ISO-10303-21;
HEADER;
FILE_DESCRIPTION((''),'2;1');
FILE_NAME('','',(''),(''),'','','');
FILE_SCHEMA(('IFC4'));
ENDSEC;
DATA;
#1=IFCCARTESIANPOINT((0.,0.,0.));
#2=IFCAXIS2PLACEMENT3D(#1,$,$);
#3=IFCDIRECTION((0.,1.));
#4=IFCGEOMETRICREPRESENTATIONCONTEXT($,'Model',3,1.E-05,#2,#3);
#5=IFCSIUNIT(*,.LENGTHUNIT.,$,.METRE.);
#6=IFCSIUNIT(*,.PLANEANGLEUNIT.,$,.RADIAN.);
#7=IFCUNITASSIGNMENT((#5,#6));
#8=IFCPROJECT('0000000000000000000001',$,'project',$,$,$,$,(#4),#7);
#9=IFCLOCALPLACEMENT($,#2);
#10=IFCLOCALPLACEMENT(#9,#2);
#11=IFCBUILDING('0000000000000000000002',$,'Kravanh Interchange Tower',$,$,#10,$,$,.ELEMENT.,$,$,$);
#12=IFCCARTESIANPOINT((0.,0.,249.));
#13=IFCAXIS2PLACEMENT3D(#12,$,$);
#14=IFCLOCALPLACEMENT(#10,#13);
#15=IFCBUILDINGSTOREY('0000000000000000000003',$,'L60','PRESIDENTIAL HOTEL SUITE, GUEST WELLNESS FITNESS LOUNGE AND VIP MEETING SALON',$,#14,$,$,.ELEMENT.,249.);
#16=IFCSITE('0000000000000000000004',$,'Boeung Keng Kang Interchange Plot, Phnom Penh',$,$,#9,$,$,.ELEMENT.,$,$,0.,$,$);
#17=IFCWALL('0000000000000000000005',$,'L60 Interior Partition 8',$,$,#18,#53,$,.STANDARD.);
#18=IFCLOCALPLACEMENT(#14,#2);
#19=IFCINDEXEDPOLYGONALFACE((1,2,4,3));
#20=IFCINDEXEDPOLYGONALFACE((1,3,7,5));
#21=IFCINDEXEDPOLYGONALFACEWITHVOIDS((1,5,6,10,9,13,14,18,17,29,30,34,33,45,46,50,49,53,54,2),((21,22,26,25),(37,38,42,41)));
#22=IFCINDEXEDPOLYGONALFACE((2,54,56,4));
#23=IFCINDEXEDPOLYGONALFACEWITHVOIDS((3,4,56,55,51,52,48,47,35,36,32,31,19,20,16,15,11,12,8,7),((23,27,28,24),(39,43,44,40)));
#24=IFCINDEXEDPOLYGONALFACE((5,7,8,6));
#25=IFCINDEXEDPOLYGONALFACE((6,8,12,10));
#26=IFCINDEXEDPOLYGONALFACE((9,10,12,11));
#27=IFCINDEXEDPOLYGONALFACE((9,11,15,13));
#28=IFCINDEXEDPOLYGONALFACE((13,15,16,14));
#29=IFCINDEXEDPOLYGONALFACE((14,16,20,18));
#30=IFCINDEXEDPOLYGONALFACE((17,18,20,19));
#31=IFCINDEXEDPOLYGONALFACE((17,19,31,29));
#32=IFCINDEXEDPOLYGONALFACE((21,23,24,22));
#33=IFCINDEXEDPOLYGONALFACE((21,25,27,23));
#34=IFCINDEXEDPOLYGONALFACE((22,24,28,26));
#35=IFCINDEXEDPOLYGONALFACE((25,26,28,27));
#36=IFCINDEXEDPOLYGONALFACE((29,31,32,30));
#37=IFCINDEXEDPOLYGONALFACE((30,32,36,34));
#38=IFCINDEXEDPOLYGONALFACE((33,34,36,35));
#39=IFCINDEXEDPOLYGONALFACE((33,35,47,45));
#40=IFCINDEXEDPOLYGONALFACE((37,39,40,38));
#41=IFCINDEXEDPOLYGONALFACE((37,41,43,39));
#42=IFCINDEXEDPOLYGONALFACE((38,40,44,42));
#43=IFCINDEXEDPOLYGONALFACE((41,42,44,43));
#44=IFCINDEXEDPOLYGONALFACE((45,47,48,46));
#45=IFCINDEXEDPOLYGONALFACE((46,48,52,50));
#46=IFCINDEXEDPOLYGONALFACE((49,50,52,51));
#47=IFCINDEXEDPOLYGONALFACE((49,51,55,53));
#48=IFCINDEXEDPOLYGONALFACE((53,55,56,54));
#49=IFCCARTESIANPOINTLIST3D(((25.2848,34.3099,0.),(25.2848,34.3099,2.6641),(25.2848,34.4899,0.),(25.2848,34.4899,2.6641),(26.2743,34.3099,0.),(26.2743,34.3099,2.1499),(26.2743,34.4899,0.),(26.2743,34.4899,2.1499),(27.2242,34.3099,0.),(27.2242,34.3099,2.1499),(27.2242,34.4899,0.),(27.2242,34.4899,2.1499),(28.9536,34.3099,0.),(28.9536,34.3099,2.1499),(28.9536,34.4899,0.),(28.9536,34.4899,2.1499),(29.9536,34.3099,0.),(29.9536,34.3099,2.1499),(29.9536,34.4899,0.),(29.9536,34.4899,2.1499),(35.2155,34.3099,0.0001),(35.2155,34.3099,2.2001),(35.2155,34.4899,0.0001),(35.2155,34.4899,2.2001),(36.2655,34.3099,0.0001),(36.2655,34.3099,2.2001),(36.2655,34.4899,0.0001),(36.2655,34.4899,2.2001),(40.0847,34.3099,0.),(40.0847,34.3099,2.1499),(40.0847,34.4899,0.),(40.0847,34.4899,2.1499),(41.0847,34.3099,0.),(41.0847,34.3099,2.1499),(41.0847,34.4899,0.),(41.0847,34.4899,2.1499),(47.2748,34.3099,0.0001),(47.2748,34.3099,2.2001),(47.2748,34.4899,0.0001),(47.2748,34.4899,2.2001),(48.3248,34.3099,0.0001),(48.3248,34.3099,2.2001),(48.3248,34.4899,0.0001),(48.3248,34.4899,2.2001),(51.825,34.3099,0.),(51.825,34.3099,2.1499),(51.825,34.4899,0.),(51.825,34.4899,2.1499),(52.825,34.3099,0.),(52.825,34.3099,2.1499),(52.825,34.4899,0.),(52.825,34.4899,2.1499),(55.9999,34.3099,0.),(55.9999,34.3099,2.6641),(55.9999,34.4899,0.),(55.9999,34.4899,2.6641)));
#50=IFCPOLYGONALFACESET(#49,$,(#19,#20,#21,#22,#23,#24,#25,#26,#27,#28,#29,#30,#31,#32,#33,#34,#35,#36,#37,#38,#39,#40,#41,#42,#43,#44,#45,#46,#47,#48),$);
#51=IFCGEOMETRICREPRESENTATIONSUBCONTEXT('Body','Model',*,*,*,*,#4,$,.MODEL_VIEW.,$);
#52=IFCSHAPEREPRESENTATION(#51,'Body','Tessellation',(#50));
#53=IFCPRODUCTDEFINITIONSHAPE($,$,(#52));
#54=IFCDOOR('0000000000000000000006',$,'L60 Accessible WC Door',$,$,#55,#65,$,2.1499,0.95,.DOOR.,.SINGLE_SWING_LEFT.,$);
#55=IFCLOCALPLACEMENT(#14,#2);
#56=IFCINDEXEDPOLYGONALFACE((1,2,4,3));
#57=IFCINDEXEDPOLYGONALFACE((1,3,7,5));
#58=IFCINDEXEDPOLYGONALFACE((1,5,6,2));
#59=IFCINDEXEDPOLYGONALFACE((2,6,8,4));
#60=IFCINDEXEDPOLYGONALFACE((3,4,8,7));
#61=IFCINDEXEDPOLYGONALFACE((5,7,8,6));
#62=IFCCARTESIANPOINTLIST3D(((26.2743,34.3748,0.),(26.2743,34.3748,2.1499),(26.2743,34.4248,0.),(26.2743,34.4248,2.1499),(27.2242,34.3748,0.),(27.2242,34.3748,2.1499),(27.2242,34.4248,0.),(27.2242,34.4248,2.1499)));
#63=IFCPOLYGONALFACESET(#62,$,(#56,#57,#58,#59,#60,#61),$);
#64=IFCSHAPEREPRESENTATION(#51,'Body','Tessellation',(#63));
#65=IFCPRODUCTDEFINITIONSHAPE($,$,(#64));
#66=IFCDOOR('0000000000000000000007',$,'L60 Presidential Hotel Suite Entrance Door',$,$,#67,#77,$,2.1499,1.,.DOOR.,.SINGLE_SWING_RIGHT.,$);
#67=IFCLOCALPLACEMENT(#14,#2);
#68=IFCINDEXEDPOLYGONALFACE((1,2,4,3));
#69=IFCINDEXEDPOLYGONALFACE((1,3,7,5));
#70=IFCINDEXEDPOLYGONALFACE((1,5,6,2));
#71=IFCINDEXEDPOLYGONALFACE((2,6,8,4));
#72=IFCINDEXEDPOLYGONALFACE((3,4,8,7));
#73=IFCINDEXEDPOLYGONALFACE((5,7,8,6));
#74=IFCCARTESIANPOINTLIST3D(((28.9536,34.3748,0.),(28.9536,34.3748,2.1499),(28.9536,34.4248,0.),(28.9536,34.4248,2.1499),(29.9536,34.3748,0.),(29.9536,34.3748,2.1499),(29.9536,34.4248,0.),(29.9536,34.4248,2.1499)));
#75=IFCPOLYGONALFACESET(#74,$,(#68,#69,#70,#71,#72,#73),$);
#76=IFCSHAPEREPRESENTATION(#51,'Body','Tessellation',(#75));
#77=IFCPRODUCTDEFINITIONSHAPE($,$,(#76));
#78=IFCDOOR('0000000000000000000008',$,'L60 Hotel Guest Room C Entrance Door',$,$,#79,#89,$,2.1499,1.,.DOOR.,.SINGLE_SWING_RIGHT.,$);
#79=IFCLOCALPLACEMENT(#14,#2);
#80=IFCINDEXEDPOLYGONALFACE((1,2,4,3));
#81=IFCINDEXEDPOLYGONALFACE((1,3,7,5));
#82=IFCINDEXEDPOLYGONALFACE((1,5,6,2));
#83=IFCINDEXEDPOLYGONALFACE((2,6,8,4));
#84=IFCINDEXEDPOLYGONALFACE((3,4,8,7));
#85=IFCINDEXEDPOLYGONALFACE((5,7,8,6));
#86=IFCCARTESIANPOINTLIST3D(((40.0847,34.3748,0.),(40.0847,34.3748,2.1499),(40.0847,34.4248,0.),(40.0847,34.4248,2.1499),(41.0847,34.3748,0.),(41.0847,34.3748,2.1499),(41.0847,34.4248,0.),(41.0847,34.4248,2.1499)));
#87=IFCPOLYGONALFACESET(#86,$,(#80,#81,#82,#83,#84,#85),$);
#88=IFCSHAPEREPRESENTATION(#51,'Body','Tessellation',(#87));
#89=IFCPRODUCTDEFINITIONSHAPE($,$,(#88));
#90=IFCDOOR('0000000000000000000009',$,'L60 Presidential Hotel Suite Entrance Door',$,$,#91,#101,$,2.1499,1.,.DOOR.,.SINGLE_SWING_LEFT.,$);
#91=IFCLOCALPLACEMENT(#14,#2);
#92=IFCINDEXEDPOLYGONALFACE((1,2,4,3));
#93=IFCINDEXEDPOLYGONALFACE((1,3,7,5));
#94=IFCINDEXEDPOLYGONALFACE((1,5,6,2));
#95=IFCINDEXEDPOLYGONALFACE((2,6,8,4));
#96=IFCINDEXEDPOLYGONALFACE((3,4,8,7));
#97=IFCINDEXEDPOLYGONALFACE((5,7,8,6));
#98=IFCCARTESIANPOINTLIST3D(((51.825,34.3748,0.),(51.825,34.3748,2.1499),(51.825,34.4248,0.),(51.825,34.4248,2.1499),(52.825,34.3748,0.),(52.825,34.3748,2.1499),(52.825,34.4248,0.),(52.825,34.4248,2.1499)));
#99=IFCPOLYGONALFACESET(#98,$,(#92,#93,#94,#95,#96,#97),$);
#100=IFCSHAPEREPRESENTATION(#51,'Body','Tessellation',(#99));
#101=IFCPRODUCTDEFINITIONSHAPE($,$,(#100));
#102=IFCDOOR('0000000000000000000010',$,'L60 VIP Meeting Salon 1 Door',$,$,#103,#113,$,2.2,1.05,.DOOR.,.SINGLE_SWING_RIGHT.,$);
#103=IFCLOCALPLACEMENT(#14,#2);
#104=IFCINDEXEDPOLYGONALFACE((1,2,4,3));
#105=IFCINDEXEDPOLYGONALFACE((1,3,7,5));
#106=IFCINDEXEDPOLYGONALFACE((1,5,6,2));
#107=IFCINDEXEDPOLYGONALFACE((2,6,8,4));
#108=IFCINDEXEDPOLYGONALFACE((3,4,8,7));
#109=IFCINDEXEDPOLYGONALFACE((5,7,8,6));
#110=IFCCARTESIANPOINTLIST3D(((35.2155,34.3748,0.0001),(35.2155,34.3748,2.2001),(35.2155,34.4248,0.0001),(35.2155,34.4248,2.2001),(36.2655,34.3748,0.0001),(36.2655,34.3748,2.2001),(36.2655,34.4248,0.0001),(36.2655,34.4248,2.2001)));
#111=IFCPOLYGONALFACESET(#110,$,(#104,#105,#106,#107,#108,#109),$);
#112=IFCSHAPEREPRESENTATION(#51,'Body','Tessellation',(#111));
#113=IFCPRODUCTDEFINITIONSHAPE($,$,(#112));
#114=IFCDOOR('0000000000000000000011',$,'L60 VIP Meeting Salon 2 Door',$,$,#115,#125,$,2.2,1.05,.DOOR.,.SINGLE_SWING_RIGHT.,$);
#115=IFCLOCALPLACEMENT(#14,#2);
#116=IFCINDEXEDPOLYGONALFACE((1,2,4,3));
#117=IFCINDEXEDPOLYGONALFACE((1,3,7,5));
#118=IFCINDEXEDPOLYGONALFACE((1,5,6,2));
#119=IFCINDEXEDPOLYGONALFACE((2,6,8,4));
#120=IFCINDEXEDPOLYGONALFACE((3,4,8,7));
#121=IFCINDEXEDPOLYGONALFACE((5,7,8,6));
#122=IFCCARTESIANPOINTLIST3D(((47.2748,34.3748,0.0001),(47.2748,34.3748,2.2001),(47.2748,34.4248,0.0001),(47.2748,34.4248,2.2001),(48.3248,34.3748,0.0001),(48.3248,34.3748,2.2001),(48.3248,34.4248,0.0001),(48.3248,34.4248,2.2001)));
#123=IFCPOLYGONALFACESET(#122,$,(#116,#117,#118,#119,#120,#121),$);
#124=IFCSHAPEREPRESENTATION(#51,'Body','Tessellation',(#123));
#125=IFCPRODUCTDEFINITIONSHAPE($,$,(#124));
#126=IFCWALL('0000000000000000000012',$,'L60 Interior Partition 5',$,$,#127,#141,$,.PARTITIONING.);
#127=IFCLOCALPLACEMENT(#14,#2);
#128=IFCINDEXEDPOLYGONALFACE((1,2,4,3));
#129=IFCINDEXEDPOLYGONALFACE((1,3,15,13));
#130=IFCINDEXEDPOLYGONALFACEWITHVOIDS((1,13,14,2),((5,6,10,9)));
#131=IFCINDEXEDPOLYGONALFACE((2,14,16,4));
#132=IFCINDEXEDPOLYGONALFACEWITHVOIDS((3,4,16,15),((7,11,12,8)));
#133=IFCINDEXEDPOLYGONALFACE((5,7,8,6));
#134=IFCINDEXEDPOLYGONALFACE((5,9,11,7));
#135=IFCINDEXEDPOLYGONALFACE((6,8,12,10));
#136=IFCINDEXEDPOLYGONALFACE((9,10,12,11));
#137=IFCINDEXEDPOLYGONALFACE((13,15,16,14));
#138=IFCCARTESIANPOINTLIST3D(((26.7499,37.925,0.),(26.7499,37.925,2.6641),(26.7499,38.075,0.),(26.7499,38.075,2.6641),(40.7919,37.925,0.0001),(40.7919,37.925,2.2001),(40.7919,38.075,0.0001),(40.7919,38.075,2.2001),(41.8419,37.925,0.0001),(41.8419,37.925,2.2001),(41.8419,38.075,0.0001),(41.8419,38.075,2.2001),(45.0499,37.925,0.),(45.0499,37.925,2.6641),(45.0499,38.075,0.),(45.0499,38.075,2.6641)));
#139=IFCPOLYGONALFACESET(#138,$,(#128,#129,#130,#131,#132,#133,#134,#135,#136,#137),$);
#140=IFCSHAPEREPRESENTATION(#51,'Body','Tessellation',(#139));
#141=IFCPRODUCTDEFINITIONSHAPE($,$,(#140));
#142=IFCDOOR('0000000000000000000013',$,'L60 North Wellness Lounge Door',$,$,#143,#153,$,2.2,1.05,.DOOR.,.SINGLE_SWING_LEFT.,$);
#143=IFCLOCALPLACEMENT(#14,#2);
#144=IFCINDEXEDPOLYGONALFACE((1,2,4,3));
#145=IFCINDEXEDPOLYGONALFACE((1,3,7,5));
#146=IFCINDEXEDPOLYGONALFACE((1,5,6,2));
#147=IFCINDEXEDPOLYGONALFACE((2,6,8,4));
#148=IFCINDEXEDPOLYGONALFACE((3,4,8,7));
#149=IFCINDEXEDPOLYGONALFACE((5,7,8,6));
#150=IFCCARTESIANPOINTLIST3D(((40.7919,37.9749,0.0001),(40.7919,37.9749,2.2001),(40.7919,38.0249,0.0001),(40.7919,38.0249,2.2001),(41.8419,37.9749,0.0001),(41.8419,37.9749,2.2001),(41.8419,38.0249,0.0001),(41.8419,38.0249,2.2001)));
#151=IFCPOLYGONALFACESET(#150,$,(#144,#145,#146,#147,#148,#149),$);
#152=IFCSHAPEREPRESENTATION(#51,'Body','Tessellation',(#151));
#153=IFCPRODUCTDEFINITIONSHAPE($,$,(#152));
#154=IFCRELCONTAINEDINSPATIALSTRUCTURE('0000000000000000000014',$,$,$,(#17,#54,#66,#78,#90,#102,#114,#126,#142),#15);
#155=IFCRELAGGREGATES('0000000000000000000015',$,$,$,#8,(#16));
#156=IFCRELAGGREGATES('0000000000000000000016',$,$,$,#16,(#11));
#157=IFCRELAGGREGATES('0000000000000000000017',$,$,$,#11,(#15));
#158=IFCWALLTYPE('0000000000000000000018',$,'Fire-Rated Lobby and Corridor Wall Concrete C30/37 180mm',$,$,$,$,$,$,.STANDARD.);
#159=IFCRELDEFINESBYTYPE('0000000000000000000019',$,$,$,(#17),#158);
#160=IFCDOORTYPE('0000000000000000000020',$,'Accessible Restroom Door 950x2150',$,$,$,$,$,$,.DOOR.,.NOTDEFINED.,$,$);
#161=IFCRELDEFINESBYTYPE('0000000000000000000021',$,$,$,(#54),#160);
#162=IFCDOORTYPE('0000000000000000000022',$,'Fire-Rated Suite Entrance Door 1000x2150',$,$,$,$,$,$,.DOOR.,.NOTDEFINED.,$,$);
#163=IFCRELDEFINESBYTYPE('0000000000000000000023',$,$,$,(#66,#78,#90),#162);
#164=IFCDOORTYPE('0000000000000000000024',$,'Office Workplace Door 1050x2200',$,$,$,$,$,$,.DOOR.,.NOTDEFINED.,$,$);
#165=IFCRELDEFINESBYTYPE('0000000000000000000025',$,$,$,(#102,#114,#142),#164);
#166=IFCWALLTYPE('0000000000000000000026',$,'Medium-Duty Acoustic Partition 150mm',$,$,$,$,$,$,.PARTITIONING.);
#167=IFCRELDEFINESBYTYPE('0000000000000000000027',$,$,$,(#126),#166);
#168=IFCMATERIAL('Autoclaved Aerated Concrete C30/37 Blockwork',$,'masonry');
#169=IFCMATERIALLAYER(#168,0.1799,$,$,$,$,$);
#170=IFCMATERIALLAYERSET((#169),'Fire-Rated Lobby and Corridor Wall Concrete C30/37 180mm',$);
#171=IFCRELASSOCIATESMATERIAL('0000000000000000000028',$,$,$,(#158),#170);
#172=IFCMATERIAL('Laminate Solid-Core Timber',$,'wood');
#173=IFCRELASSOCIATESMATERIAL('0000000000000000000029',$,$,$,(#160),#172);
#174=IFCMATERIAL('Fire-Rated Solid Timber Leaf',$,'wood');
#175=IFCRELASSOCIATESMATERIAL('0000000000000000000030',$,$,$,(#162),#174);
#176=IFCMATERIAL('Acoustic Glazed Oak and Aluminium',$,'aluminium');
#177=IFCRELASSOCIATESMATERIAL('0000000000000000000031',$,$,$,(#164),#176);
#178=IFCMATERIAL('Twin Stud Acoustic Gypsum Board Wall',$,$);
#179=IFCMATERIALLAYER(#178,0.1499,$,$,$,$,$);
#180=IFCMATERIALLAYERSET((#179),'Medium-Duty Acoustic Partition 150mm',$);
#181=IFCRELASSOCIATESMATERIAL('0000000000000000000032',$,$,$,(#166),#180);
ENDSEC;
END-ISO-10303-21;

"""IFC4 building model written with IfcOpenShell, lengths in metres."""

from ifc_helpers import new_model, si_unit, direction, frame, frame_2d, origin, place, context, subcontext, project, spatial, rectangle, extrude, material, layer, layer_set, type_object, element, fill, save


model = new_model("IFC4")

# Units and contexts
model_context = context("Model", 3, precision=1e-05, world=origin(), true_north=direction((0.0, 1.0)))
body_context = subcontext(model_context, "Body", "Model", "MODEL_VIEW")
ifc_project = project(units=[si_unit("LENGTHUNIT", "METRE"), si_unit("PLANEANGLEUNIT", "RADIAN")], contexts=[model_context])

# Site, building, storey
site_placement = place(None, origin())
site = spatial("IfcSite", under=ifc_project, at=site_placement, Name="Boeung Keng Kang Interchange Plot, Phnom Penh", CompositionType="ELEMENT", RefElevation=0.0)
building_placement = place(site_placement, origin())
building = spatial("IfcBuilding", under=site, at=building_placement, Name="Kravanh Interchange Tower", CompositionType="ELEMENT")
storey_placement = place(building_placement, frame((0.0, 0.0, 249.0)))
storey = spatial("IfcBuildingStorey", under=building, at=storey_placement, Name="L60", Description="PRESIDENTIAL HOTEL SUITE, GUEST WELLNESS FITNESS LOUNGE AND VIP MEETING SALON", CompositionType="ELEMENT", Elevation=249.0)

# Wall, openings, doors
ifc_material_1 = material(Name="Autoclaved Aerated Concrete C30/37 Blockwork", Category="masonry")
ifc_layer_1 = layer(ifc_material_1, 0.1799)
ifc_layer_set_1 = layer_set([ifc_layer_1], Name="Fire-Rated Lobby and Corridor Wall Concrete C30/37 180mm")
wall_type_1 = type_object("IfcWallType", Name="Fire-Rated Lobby and Corridor Wall Concrete C30/37 180mm", PredefinedType="STANDARD", material=ifc_layer_set_1)
wall_1_placement = place(storey_placement, frame((25.2849, 34.3999, 0.0), z_axis=(0.0, 0.0, 1.0), x_axis=(1.0, 0.0, 0.0)))
wall_1 = element("IfcWall", 1, at=wall_1_placement, inside=storey, type_object=wall_type_1, Name="L60 Interior Partition 8", PredefinedType="STANDARD", context=body_context, shape_type="SweptSolid", body=[
    extrude(rectangle(XDim=30.7151, YDim=0.1799, at=frame_2d((15.3574, 0.0))), origin(), (0.0, 0.0, 1.0), 2.6641),
])
opening_1_placement = place(wall_1_placement, frame((0.9893, 0.0, 0.0)))
opening_1 = element("IfcOpeningElement", 2, at=opening_1_placement, cuts=wall_1, PredefinedType="OPENING", context=body_context, shape_type="SweptSolid", body=[
    extrude(rectangle(XDim=0.95, YDim=2.1499, at=frame_2d((0.4751, 1.075))), frame((0.0, 0.1001, 0.0), z_axis=(0.0, -1.0, 0.0), x_axis=(1.0, 0.0, 0.0)), (0.0, 0.0, 1.0), 0.2),
])
opening_2_placement = place(wall_1_placement, frame((3.6687, 0.0, 0.0)))
opening_2 = element("IfcOpeningElement", 3, at=opening_2_placement, cuts=wall_1, PredefinedType="OPENING", context=body_context, shape_type="SweptSolid", body=[
    extrude(rectangle(XDim=1.0, YDim=2.1499, at=frame_2d((0.5, 1.075))), frame((0.0, 0.1001, 0.0), z_axis=(0.0, -1.0, 0.0), x_axis=(1.0, 0.0, 0.0)), (0.0, 0.0, 1.0), 0.2),
])
opening_3_placement = place(wall_1_placement, frame((9.9307, 0.0, 0.0)))
opening_3 = element("IfcOpeningElement", 4, at=opening_3_placement, cuts=wall_1, PredefinedType="OPENING", context=body_context, shape_type="SweptSolid", body=[
    extrude(rectangle(XDim=1.05, YDim=2.2, at=frame_2d((0.5249, 1.1001))), frame((0.0, 0.1001, 0.0), z_axis=(0.0, -1.0, 0.0), x_axis=(1.0, 0.0, 0.0)), (0.0, 0.0, 1.0), 0.2),
])
opening_4_placement = place(wall_1_placement, frame((14.7998, 0.0, 0.0)))
opening_4 = element("IfcOpeningElement", 5, at=opening_4_placement, cuts=wall_1, PredefinedType="OPENING", context=body_context, shape_type="SweptSolid", body=[
    extrude(rectangle(XDim=1.0, YDim=2.1499, at=frame_2d((0.5, 1.075))), frame((0.0, 0.1001, 0.0), z_axis=(0.0, -1.0, 0.0), x_axis=(1.0, 0.0, 0.0)), (0.0, 0.0, 1.0), 0.2),
])
opening_5_placement = place(wall_1_placement, frame((21.99, 0.0, 0.0)))
opening_5 = element("IfcOpeningElement", 6, at=opening_5_placement, cuts=wall_1, PredefinedType="OPENING", context=body_context, shape_type="SweptSolid", body=[
    extrude(rectangle(XDim=1.05, YDim=2.2, at=frame_2d((0.5249, 1.1001))), frame((0.0, 0.1001, 0.0), z_axis=(0.0, -1.0, 0.0), x_axis=(1.0, 0.0, 0.0)), (0.0, 0.0, 1.0), 0.2),
])
opening_6_placement = place(wall_1_placement, frame((26.54, 0.0, 0.0)))
opening_6 = element("IfcOpeningElement", 7, at=opening_6_placement, cuts=wall_1, PredefinedType="OPENING", context=body_context, shape_type="SweptSolid", body=[
    extrude(rectangle(XDim=1.0, YDim=2.1499, at=frame_2d((0.5, 1.075))), frame((0.0, 0.1001, 0.0), z_axis=(0.0, -1.0, 0.0), x_axis=(1.0, 0.0, 0.0)), (0.0, 0.0, 1.0), 0.2),
])
ifc_material_2 = material(Name="Laminate Solid-Core Timber", Category="wood")
door_type_1 = type_object("IfcDoorType", Name="Accessible Restroom Door 950x2150", OperationType="NOTDEFINED", PredefinedType="DOOR", material=ifc_material_2)
door_1_placement = place(opening_1_placement, origin())
door_1 = element("IfcDoor", 8, at=door_1_placement, inside=storey, type_object=door_type_1, Name="L60 Accessible WC Door", OperationType="SINGLE_SWING_LEFT", OverallHeight=2.1499, OverallWidth=0.95, PredefinedType="DOOR", context=body_context, shape_type="SweptSolid", body=[
    extrude(rectangle(XDim=0.95, YDim=2.1499, at=frame_2d((0.4751, 1.075))), frame((0.0, 0.0249, 0.0), z_axis=(0.0, -1.0, 0.0), x_axis=(1.0, 0.0, 0.0)), (0.0, 0.0, 1.0), 0.05),
])
fill(opening_1, door_1)
ifc_material_3 = material(Name="Fire-Rated Solid Timber Leaf", Category="wood")
door_type_2 = type_object("IfcDoorType", Name="Fire-Rated Suite Entrance Door 1000x2150", OperationType="NOTDEFINED", PredefinedType="DOOR", material=ifc_material_3)
door_2_placement = place(opening_2_placement, origin())
door_2 = element("IfcDoor", 9, at=door_2_placement, inside=storey, type_object=door_type_2, Name="L60 Presidential Hotel Suite Entrance Door", OperationType="SINGLE_SWING_RIGHT", OverallHeight=2.1499, OverallWidth=1.0, PredefinedType="DOOR", context=body_context, shape_type="SweptSolid", body=[
    extrude(rectangle(XDim=1.0, YDim=2.1499, at=frame_2d((0.5, 1.075))), frame((0.0, 0.0249, 0.0), z_axis=(0.0, -1.0, 0.0), x_axis=(1.0, 0.0, 0.0)), (0.0, 0.0, 1.0), 0.05),
])
fill(opening_2, door_2)
door_3_placement = place(opening_4_placement, origin())
door_3 = element("IfcDoor", 10, at=door_3_placement, inside=storey, type_object=door_type_2, Name="L60 Hotel Guest Room C Entrance Door", OperationType="SINGLE_SWING_RIGHT", OverallHeight=2.1499, OverallWidth=1.0, PredefinedType="DOOR", context=body_context, shape_type="SweptSolid", body=[
    extrude(rectangle(XDim=1.0, YDim=2.1499, at=frame_2d((0.5, 1.075))), frame((0.0, 0.0249, 0.0), z_axis=(0.0, -1.0, 0.0), x_axis=(1.0, 0.0, 0.0)), (0.0, 0.0, 1.0), 0.05),
])
fill(opening_4, door_3)
door_4_placement = place(opening_6_placement, origin())
door_4 = element("IfcDoor", 11, at=door_4_placement, inside=storey, type_object=door_type_2, Name="L60 Presidential Hotel Suite Entrance Door", OperationType="SINGLE_SWING_LEFT", OverallHeight=2.1499, OverallWidth=1.0, PredefinedType="DOOR", context=body_context, shape_type="SweptSolid", body=[
    extrude(rectangle(XDim=1.0, YDim=2.1499, at=frame_2d((0.5, 1.075))), frame((0.0, 0.0249, 0.0), z_axis=(0.0, -1.0, 0.0), x_axis=(1.0, 0.0, 0.0)), (0.0, 0.0, 1.0), 0.05),
])
fill(opening_6, door_4)
ifc_material_4 = material(Name="Acoustic Glazed Oak and Aluminium", Category="aluminium")
door_type_3 = type_object("IfcDoorType", Name="Office Workplace Door 1050x2200", OperationType="NOTDEFINED", PredefinedType="DOOR", material=ifc_material_4)
door_5_placement = place(opening_3_placement, origin())
door_5 = element("IfcDoor", 12, at=door_5_placement, inside=storey, type_object=door_type_3, Name="L60 VIP Meeting Salon 1 Door", OperationType="SINGLE_SWING_RIGHT", OverallHeight=2.2, OverallWidth=1.05, PredefinedType="DOOR", context=body_context, shape_type="SweptSolid", body=[
    extrude(rectangle(XDim=1.05, YDim=2.2, at=frame_2d((0.5249, 1.1001))), frame((0.0, 0.0249, 0.0), z_axis=(0.0, -1.0, 0.0), x_axis=(1.0, 0.0, 0.0)), (0.0, 0.0, 1.0), 0.05),
])
fill(opening_3, door_5)
door_6_placement = place(opening_5_placement, origin())
door_6 = element("IfcDoor", 13, at=door_6_placement, inside=storey, type_object=door_type_3, Name="L60 VIP Meeting Salon 2 Door", OperationType="SINGLE_SWING_RIGHT", OverallHeight=2.2, OverallWidth=1.05, PredefinedType="DOOR", context=body_context, shape_type="SweptSolid", body=[
    extrude(rectangle(XDim=1.05, YDim=2.2, at=frame_2d((0.5249, 1.1001))), frame((0.0, 0.0249, 0.0), z_axis=(0.0, -1.0, 0.0), x_axis=(1.0, 0.0, 0.0)), (0.0, 0.0, 1.0), 0.05),
])
fill(opening_5, door_6)

# Wall, opening, door
ifc_material_5 = material(Name="Twin Stud Acoustic Gypsum Board Wall")
ifc_layer_2 = layer(ifc_material_5, 0.1499)
ifc_layer_set_2 = layer_set([ifc_layer_2], Name="Medium-Duty Acoustic Partition 150mm")
wall_type_2 = type_object("IfcWallType", Name="Medium-Duty Acoustic Partition 150mm", PredefinedType="PARTITIONING", material=ifc_layer_set_2)
wall_2_placement = place(storey_placement, frame((26.75, 38.0, 0.0), z_axis=(0.0, 0.0, 1.0), x_axis=(1.0, 0.0, 0.0)))
wall_2 = element("IfcWall", 14, at=wall_2_placement, inside=storey, type_object=wall_type_2, Name="L60 Interior Partition 5", PredefinedType="PARTITIONING", context=body_context, shape_type="SweptSolid", body=[
    extrude(rectangle(XDim=18.3, YDim=0.1499, at=frame_2d((9.1499, 0.0))), origin(), (0.0, 0.0, 1.0), 2.6641),
])
opening_7_placement = place(wall_2_placement, frame((14.042, 0.0, 0.0)))
opening_7 = element("IfcOpeningElement", 15, at=opening_7_placement, cuts=wall_2, PredefinedType="OPENING", context=body_context, shape_type="SweptSolid", body=[
    extrude(rectangle(XDim=1.05, YDim=2.2, at=frame_2d((0.5249, 1.1001))), frame((0.0, 0.085, 0.0), z_axis=(0.0, -1.0, 0.0), x_axis=(1.0, 0.0, 0.0)), (0.0, 0.0, 1.0), 0.1699),
])
door_7_placement = place(opening_7_placement, origin())
door_7 = element("IfcDoor", 16, at=door_7_placement, inside=storey, type_object=door_type_3, Name="L60 North Wellness Lounge Door", OperationType="SINGLE_SWING_LEFT", OverallHeight=2.2, OverallWidth=1.05, PredefinedType="DOOR", context=body_context, shape_type="SweptSolid", body=[
    extrude(rectangle(XDim=1.05, YDim=2.2, at=frame_2d((0.5249, 1.1001))), frame((0.0, 0.0249, 0.0), z_axis=(0.0, -1.0, 0.0), x_axis=(1.0, 0.0, 0.0)), (0.0, 0.0, 1.0), 0.05),
])
fill(opening_7, door_7)

save(model, "model.ifc")
